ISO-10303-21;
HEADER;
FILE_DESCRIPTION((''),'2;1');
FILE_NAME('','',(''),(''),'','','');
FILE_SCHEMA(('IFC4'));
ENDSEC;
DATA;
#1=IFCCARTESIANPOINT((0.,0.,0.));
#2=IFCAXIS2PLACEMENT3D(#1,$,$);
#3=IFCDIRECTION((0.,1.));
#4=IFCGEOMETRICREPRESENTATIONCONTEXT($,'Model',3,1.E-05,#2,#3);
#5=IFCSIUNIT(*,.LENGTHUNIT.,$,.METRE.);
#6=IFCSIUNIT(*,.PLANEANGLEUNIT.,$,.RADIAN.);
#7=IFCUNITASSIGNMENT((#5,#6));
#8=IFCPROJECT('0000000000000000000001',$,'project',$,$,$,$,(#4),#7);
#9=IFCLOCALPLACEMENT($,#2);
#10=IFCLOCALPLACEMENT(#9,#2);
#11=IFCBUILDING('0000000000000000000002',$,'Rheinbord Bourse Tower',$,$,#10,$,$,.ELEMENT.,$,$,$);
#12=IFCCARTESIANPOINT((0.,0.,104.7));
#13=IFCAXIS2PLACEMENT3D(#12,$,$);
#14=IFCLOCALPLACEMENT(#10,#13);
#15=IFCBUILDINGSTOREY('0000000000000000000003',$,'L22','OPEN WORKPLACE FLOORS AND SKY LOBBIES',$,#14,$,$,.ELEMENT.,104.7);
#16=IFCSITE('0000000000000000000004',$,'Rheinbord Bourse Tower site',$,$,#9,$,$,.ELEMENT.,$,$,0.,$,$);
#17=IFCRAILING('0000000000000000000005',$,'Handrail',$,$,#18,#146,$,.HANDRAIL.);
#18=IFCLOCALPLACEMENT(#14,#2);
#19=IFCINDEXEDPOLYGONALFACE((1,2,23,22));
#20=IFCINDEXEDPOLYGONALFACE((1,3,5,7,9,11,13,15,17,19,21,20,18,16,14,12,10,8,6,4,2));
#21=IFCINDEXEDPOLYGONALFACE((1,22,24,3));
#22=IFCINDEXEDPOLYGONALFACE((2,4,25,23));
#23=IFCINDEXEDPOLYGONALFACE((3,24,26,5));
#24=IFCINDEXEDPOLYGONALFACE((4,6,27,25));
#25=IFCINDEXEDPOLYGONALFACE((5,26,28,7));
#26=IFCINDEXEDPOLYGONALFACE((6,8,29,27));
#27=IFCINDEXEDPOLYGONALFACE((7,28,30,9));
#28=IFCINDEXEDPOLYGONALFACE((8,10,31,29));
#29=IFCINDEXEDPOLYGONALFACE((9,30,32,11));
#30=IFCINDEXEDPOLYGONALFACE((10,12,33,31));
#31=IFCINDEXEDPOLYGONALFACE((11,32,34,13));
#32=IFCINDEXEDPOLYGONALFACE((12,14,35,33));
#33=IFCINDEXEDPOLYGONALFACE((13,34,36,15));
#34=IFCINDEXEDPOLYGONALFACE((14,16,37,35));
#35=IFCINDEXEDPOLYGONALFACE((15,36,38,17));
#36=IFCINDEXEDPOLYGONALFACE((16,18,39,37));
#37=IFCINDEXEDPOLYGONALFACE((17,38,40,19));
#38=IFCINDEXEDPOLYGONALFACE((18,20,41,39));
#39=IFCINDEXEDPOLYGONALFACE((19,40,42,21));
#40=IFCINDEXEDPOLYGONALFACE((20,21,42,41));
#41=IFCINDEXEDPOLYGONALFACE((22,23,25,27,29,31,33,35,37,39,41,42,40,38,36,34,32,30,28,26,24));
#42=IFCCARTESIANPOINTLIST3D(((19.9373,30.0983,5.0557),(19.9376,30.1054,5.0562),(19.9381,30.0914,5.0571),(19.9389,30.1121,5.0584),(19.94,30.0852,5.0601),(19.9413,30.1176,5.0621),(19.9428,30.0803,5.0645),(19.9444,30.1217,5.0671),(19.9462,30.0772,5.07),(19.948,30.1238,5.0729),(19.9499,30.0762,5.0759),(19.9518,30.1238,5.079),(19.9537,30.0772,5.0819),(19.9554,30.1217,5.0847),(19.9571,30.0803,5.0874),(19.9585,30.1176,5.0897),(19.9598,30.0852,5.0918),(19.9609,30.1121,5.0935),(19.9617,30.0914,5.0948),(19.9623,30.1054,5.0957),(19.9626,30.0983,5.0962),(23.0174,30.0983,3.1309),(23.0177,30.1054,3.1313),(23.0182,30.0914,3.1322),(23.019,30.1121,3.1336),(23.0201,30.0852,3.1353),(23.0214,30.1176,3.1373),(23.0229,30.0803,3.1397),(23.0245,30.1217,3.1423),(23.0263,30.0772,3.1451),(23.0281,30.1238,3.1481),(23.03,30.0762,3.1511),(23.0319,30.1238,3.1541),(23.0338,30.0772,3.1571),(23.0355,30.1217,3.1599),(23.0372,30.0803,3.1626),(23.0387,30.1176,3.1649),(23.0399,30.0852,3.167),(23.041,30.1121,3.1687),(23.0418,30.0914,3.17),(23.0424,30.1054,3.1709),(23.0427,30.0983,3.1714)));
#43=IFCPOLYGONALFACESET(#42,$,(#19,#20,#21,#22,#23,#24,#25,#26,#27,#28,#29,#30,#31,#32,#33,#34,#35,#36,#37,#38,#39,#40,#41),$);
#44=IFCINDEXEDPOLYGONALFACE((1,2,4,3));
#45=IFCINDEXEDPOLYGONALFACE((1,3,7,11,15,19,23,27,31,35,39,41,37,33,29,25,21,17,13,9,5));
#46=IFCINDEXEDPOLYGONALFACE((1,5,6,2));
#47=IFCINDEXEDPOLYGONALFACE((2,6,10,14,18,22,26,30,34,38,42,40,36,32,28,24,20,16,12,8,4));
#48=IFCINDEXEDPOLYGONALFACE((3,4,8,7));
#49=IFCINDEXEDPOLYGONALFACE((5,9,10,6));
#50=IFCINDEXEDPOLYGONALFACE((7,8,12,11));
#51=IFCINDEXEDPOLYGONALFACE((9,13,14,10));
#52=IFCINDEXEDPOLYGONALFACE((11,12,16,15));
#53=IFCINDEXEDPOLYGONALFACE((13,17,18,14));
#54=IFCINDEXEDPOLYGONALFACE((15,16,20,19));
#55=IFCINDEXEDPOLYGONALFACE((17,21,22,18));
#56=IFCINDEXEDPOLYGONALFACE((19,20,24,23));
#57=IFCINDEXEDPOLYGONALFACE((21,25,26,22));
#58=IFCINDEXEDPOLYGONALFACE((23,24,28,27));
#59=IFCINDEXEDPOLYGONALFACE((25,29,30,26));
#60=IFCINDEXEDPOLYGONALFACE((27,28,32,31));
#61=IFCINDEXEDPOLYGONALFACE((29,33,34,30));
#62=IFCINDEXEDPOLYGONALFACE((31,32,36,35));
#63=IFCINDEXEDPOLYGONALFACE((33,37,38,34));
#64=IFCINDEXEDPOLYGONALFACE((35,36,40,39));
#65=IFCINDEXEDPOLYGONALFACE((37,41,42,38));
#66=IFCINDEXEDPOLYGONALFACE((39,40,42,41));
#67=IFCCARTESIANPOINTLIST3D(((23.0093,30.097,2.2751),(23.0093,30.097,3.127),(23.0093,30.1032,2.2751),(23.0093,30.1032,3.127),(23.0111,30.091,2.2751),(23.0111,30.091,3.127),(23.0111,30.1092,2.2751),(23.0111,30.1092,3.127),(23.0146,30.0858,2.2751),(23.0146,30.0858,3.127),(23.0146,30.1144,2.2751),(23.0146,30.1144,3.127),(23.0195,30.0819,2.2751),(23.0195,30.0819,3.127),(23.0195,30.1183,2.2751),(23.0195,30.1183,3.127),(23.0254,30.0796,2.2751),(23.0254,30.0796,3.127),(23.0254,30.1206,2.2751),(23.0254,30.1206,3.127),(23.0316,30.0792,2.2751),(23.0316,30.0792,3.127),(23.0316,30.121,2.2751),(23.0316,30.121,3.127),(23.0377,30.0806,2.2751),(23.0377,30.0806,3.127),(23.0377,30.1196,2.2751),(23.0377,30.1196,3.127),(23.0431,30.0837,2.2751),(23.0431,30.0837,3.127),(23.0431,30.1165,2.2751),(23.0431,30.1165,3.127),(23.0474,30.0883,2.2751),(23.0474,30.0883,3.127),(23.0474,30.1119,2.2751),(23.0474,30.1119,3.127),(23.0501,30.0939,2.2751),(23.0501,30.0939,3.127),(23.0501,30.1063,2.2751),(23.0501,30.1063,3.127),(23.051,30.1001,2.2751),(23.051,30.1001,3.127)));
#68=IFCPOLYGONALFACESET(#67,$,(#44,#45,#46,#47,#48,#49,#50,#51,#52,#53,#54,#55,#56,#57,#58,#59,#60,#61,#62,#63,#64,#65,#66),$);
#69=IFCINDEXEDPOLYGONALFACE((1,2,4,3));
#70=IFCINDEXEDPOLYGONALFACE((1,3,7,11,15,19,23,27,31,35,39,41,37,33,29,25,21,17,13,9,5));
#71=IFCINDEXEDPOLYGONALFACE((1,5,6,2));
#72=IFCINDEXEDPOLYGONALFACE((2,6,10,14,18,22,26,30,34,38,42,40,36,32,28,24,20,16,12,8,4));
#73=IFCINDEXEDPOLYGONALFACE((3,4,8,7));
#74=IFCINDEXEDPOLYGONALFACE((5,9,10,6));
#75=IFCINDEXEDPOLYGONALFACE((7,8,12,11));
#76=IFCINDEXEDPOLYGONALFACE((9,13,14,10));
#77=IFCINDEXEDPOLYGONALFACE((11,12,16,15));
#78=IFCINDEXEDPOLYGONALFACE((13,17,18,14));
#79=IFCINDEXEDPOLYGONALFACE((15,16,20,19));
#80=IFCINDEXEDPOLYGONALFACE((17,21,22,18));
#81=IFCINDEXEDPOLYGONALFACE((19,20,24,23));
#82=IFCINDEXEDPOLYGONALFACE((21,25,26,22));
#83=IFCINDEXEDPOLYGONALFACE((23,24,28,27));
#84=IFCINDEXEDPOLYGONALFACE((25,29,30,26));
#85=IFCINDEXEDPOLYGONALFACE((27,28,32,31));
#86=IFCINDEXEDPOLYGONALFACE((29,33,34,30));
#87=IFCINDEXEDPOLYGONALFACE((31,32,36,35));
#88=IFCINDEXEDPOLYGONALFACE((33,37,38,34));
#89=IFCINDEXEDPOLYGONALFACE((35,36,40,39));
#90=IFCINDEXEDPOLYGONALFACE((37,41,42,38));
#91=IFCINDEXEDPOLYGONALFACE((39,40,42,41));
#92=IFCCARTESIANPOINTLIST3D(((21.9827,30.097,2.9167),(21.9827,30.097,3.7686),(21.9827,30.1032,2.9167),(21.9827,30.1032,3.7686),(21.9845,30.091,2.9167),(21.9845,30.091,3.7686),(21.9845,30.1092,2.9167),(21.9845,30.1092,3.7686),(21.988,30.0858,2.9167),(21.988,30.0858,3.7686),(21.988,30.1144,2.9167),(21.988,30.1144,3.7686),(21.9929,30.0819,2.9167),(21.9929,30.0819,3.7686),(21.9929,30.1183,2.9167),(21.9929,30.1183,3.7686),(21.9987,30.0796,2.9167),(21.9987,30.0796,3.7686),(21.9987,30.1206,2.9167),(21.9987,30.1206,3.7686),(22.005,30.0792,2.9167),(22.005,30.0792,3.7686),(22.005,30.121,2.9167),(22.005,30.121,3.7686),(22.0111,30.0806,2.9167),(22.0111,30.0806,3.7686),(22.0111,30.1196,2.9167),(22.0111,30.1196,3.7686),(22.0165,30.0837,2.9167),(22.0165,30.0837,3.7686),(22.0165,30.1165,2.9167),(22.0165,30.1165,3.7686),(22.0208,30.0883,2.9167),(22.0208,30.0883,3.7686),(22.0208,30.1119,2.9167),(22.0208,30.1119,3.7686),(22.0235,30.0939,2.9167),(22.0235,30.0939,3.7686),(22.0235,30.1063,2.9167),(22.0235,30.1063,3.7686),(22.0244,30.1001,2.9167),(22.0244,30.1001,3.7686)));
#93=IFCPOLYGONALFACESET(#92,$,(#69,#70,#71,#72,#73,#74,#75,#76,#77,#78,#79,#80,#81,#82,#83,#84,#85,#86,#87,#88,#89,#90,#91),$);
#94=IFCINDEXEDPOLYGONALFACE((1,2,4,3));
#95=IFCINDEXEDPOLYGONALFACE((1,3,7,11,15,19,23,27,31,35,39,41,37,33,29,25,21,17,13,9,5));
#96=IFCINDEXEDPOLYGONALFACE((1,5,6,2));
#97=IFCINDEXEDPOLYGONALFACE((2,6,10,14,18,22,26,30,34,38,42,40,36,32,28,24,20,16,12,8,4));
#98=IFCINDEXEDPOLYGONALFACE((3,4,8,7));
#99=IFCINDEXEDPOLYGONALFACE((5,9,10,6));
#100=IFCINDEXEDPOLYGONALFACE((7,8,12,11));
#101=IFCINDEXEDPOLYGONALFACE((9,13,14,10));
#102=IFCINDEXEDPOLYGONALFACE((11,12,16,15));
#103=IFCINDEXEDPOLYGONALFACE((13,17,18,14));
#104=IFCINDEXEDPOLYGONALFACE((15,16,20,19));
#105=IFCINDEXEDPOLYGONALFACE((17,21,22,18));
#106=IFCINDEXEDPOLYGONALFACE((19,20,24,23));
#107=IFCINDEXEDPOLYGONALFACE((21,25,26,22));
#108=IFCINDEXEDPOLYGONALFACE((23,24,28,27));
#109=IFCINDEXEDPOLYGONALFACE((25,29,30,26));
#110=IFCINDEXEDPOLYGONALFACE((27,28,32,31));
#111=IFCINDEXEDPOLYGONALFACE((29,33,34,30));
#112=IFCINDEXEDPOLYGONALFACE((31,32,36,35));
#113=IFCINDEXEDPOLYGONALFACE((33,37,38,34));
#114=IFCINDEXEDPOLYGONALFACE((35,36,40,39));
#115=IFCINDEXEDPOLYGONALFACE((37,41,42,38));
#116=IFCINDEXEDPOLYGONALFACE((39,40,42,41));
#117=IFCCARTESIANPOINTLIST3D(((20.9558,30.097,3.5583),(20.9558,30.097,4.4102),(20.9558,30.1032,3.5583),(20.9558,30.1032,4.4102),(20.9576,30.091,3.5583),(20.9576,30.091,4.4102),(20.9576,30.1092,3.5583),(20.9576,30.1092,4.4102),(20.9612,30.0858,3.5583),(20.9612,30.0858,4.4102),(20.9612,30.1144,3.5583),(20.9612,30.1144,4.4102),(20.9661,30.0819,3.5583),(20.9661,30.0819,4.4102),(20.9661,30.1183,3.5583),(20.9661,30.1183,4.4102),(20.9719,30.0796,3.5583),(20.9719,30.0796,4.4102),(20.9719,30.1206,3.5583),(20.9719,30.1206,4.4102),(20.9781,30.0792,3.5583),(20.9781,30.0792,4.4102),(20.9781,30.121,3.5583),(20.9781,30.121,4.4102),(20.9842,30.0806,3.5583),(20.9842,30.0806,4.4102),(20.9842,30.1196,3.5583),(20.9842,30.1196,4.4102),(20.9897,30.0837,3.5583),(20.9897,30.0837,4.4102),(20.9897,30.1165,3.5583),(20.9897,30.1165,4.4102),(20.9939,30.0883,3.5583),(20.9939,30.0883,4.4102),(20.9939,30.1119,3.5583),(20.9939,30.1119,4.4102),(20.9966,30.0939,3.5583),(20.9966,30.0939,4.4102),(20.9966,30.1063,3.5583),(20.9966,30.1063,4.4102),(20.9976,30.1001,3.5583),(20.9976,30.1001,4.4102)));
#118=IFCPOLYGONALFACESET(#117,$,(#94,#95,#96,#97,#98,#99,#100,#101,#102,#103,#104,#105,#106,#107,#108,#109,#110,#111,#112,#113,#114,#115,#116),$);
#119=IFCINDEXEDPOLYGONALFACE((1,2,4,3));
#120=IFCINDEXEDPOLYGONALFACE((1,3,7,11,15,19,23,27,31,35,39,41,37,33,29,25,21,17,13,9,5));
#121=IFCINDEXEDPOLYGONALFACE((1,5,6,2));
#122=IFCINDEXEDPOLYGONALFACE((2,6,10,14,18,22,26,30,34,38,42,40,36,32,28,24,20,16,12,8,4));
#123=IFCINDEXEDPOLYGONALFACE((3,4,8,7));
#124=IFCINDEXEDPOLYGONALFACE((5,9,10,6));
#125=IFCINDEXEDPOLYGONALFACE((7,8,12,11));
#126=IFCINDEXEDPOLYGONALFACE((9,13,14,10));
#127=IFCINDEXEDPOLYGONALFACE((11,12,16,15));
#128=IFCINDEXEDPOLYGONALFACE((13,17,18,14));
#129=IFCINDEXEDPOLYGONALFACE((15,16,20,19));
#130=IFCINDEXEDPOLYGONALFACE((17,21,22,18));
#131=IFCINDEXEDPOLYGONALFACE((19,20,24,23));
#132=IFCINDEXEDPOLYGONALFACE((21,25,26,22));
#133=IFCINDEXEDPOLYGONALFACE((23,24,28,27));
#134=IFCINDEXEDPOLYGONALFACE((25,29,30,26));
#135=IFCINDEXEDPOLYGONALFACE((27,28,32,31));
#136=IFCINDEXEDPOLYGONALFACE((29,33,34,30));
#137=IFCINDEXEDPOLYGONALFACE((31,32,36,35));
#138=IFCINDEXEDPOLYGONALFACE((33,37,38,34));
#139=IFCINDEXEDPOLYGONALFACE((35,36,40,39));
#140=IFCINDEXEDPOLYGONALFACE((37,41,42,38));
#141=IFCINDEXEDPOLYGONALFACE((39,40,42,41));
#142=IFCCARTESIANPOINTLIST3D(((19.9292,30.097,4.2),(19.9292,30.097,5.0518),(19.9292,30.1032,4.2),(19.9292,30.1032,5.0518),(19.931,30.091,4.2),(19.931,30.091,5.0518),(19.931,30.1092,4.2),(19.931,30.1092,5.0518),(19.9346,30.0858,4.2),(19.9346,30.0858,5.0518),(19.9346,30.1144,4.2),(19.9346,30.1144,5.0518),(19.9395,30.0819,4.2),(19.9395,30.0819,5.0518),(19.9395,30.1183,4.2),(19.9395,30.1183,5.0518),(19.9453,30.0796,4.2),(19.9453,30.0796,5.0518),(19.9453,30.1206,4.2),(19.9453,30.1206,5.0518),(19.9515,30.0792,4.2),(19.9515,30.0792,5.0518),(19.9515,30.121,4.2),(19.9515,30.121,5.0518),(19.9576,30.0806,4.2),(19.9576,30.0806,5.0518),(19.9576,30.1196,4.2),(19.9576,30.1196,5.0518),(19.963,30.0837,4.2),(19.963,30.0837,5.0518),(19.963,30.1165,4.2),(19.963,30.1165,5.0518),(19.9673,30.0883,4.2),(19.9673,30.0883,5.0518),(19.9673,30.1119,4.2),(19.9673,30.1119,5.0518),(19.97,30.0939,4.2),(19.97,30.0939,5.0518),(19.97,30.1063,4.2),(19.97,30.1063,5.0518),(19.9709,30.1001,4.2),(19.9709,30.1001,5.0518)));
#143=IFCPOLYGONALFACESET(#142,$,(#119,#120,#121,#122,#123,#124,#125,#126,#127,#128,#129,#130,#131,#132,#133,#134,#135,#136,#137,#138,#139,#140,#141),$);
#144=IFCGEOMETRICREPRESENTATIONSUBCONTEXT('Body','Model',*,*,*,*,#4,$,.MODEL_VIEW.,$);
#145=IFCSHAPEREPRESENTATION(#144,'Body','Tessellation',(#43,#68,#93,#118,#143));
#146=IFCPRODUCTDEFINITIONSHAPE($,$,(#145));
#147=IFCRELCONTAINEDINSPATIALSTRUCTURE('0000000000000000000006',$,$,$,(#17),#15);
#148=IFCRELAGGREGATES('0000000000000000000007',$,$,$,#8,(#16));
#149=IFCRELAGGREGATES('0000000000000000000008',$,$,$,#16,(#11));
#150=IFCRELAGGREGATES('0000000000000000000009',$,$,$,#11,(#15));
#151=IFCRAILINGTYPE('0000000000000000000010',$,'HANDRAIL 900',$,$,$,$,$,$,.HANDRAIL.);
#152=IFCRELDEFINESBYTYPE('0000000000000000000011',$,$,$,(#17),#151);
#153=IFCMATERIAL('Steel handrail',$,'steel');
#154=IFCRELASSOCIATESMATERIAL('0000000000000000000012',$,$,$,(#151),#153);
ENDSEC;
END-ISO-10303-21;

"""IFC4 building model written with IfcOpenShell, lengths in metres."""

from ifc_helpers import new_model, si_unit, direction, frame, origin, origin_2d, place, context, subcontext, project, spatial, circle, extrude, material, type_object, element, save


model = new_model("IFC4")

# Units and contexts
model_context = context("Model", 3, precision=1e-05, world=origin(), true_north=direction((0.0, 1.0)))
body_context = subcontext(model_context, "Body", "Model", "MODEL_VIEW")
ifc_project = project(units=[si_unit("LENGTHUNIT", "METRE"), si_unit("PLANEANGLEUNIT", "RADIAN")], contexts=[model_context])

# Site, building, storey
site_placement = place(None, origin())
site = spatial("IfcSite", under=ifc_project, at=site_placement, Name="Rheinbord Bourse Tower site", CompositionType="ELEMENT", RefElevation=0.0)
building_placement = place(site_placement, origin())
building = spatial("IfcBuilding", under=site, at=building_placement, Name="Rheinbord Bourse Tower", CompositionType="ELEMENT")
storey_placement = place(building_placement, frame((0.0, 0.0, 104.7)))
storey = spatial("IfcBuildingStorey", under=building, at=storey_placement, Name="L22", Description="OPEN WORKPLACE FLOORS AND SKY LOBBIES", CompositionType="ELEMENT", Elevation=104.7)

# Railing
ifc_material_1 = material(Name="Steel handrail", Category="steel")
railing_type = type_object("IfcRailingType", Name="HANDRAIL 900", PredefinedType="HANDRAIL", material=ifc_material_1)
railing_1_placement = place(storey_placement, frame((23.03, 30.1001, 2.2751)))
element("IfcRailing", 1, at=railing_1_placement, inside=storey, type_object=railing_type, Name="Handrail", PredefinedType="HANDRAIL", context=body_context, shape_type="SweptSolid", body=[
    extrude(circle(Radius=0.0239, at=origin_2d()), frame((0.0, 0.0, 0.876), z_axis=(-0.848029, 0.0, 0.529951), x_axis=(0.0, -1.0, 0.0)), (0.0, 0.0, 1.0), 3.6321),
    extrude(circle(Radius=0.021, at=origin_2d()), origin(), (0.0, 0.0, 1.0), 0.8518),
    extrude(circle(Radius=0.021, at=origin_2d()), frame((-1.0266, 0.0, 0.6416)), (0.0, 0.0, 1.0), 0.8518),
    extrude(circle(Radius=0.021, at=origin_2d()), frame((-2.0535, 0.0, 1.2832)), (0.0, 0.0, 1.0), 0.8518),
    extrude(circle(Radius=0.021, at=origin_2d()), frame((-3.0801, 0.0, 1.9248)), (0.0, 0.0, 1.0), 0.8518),
])

save(model, "model.ifc")
